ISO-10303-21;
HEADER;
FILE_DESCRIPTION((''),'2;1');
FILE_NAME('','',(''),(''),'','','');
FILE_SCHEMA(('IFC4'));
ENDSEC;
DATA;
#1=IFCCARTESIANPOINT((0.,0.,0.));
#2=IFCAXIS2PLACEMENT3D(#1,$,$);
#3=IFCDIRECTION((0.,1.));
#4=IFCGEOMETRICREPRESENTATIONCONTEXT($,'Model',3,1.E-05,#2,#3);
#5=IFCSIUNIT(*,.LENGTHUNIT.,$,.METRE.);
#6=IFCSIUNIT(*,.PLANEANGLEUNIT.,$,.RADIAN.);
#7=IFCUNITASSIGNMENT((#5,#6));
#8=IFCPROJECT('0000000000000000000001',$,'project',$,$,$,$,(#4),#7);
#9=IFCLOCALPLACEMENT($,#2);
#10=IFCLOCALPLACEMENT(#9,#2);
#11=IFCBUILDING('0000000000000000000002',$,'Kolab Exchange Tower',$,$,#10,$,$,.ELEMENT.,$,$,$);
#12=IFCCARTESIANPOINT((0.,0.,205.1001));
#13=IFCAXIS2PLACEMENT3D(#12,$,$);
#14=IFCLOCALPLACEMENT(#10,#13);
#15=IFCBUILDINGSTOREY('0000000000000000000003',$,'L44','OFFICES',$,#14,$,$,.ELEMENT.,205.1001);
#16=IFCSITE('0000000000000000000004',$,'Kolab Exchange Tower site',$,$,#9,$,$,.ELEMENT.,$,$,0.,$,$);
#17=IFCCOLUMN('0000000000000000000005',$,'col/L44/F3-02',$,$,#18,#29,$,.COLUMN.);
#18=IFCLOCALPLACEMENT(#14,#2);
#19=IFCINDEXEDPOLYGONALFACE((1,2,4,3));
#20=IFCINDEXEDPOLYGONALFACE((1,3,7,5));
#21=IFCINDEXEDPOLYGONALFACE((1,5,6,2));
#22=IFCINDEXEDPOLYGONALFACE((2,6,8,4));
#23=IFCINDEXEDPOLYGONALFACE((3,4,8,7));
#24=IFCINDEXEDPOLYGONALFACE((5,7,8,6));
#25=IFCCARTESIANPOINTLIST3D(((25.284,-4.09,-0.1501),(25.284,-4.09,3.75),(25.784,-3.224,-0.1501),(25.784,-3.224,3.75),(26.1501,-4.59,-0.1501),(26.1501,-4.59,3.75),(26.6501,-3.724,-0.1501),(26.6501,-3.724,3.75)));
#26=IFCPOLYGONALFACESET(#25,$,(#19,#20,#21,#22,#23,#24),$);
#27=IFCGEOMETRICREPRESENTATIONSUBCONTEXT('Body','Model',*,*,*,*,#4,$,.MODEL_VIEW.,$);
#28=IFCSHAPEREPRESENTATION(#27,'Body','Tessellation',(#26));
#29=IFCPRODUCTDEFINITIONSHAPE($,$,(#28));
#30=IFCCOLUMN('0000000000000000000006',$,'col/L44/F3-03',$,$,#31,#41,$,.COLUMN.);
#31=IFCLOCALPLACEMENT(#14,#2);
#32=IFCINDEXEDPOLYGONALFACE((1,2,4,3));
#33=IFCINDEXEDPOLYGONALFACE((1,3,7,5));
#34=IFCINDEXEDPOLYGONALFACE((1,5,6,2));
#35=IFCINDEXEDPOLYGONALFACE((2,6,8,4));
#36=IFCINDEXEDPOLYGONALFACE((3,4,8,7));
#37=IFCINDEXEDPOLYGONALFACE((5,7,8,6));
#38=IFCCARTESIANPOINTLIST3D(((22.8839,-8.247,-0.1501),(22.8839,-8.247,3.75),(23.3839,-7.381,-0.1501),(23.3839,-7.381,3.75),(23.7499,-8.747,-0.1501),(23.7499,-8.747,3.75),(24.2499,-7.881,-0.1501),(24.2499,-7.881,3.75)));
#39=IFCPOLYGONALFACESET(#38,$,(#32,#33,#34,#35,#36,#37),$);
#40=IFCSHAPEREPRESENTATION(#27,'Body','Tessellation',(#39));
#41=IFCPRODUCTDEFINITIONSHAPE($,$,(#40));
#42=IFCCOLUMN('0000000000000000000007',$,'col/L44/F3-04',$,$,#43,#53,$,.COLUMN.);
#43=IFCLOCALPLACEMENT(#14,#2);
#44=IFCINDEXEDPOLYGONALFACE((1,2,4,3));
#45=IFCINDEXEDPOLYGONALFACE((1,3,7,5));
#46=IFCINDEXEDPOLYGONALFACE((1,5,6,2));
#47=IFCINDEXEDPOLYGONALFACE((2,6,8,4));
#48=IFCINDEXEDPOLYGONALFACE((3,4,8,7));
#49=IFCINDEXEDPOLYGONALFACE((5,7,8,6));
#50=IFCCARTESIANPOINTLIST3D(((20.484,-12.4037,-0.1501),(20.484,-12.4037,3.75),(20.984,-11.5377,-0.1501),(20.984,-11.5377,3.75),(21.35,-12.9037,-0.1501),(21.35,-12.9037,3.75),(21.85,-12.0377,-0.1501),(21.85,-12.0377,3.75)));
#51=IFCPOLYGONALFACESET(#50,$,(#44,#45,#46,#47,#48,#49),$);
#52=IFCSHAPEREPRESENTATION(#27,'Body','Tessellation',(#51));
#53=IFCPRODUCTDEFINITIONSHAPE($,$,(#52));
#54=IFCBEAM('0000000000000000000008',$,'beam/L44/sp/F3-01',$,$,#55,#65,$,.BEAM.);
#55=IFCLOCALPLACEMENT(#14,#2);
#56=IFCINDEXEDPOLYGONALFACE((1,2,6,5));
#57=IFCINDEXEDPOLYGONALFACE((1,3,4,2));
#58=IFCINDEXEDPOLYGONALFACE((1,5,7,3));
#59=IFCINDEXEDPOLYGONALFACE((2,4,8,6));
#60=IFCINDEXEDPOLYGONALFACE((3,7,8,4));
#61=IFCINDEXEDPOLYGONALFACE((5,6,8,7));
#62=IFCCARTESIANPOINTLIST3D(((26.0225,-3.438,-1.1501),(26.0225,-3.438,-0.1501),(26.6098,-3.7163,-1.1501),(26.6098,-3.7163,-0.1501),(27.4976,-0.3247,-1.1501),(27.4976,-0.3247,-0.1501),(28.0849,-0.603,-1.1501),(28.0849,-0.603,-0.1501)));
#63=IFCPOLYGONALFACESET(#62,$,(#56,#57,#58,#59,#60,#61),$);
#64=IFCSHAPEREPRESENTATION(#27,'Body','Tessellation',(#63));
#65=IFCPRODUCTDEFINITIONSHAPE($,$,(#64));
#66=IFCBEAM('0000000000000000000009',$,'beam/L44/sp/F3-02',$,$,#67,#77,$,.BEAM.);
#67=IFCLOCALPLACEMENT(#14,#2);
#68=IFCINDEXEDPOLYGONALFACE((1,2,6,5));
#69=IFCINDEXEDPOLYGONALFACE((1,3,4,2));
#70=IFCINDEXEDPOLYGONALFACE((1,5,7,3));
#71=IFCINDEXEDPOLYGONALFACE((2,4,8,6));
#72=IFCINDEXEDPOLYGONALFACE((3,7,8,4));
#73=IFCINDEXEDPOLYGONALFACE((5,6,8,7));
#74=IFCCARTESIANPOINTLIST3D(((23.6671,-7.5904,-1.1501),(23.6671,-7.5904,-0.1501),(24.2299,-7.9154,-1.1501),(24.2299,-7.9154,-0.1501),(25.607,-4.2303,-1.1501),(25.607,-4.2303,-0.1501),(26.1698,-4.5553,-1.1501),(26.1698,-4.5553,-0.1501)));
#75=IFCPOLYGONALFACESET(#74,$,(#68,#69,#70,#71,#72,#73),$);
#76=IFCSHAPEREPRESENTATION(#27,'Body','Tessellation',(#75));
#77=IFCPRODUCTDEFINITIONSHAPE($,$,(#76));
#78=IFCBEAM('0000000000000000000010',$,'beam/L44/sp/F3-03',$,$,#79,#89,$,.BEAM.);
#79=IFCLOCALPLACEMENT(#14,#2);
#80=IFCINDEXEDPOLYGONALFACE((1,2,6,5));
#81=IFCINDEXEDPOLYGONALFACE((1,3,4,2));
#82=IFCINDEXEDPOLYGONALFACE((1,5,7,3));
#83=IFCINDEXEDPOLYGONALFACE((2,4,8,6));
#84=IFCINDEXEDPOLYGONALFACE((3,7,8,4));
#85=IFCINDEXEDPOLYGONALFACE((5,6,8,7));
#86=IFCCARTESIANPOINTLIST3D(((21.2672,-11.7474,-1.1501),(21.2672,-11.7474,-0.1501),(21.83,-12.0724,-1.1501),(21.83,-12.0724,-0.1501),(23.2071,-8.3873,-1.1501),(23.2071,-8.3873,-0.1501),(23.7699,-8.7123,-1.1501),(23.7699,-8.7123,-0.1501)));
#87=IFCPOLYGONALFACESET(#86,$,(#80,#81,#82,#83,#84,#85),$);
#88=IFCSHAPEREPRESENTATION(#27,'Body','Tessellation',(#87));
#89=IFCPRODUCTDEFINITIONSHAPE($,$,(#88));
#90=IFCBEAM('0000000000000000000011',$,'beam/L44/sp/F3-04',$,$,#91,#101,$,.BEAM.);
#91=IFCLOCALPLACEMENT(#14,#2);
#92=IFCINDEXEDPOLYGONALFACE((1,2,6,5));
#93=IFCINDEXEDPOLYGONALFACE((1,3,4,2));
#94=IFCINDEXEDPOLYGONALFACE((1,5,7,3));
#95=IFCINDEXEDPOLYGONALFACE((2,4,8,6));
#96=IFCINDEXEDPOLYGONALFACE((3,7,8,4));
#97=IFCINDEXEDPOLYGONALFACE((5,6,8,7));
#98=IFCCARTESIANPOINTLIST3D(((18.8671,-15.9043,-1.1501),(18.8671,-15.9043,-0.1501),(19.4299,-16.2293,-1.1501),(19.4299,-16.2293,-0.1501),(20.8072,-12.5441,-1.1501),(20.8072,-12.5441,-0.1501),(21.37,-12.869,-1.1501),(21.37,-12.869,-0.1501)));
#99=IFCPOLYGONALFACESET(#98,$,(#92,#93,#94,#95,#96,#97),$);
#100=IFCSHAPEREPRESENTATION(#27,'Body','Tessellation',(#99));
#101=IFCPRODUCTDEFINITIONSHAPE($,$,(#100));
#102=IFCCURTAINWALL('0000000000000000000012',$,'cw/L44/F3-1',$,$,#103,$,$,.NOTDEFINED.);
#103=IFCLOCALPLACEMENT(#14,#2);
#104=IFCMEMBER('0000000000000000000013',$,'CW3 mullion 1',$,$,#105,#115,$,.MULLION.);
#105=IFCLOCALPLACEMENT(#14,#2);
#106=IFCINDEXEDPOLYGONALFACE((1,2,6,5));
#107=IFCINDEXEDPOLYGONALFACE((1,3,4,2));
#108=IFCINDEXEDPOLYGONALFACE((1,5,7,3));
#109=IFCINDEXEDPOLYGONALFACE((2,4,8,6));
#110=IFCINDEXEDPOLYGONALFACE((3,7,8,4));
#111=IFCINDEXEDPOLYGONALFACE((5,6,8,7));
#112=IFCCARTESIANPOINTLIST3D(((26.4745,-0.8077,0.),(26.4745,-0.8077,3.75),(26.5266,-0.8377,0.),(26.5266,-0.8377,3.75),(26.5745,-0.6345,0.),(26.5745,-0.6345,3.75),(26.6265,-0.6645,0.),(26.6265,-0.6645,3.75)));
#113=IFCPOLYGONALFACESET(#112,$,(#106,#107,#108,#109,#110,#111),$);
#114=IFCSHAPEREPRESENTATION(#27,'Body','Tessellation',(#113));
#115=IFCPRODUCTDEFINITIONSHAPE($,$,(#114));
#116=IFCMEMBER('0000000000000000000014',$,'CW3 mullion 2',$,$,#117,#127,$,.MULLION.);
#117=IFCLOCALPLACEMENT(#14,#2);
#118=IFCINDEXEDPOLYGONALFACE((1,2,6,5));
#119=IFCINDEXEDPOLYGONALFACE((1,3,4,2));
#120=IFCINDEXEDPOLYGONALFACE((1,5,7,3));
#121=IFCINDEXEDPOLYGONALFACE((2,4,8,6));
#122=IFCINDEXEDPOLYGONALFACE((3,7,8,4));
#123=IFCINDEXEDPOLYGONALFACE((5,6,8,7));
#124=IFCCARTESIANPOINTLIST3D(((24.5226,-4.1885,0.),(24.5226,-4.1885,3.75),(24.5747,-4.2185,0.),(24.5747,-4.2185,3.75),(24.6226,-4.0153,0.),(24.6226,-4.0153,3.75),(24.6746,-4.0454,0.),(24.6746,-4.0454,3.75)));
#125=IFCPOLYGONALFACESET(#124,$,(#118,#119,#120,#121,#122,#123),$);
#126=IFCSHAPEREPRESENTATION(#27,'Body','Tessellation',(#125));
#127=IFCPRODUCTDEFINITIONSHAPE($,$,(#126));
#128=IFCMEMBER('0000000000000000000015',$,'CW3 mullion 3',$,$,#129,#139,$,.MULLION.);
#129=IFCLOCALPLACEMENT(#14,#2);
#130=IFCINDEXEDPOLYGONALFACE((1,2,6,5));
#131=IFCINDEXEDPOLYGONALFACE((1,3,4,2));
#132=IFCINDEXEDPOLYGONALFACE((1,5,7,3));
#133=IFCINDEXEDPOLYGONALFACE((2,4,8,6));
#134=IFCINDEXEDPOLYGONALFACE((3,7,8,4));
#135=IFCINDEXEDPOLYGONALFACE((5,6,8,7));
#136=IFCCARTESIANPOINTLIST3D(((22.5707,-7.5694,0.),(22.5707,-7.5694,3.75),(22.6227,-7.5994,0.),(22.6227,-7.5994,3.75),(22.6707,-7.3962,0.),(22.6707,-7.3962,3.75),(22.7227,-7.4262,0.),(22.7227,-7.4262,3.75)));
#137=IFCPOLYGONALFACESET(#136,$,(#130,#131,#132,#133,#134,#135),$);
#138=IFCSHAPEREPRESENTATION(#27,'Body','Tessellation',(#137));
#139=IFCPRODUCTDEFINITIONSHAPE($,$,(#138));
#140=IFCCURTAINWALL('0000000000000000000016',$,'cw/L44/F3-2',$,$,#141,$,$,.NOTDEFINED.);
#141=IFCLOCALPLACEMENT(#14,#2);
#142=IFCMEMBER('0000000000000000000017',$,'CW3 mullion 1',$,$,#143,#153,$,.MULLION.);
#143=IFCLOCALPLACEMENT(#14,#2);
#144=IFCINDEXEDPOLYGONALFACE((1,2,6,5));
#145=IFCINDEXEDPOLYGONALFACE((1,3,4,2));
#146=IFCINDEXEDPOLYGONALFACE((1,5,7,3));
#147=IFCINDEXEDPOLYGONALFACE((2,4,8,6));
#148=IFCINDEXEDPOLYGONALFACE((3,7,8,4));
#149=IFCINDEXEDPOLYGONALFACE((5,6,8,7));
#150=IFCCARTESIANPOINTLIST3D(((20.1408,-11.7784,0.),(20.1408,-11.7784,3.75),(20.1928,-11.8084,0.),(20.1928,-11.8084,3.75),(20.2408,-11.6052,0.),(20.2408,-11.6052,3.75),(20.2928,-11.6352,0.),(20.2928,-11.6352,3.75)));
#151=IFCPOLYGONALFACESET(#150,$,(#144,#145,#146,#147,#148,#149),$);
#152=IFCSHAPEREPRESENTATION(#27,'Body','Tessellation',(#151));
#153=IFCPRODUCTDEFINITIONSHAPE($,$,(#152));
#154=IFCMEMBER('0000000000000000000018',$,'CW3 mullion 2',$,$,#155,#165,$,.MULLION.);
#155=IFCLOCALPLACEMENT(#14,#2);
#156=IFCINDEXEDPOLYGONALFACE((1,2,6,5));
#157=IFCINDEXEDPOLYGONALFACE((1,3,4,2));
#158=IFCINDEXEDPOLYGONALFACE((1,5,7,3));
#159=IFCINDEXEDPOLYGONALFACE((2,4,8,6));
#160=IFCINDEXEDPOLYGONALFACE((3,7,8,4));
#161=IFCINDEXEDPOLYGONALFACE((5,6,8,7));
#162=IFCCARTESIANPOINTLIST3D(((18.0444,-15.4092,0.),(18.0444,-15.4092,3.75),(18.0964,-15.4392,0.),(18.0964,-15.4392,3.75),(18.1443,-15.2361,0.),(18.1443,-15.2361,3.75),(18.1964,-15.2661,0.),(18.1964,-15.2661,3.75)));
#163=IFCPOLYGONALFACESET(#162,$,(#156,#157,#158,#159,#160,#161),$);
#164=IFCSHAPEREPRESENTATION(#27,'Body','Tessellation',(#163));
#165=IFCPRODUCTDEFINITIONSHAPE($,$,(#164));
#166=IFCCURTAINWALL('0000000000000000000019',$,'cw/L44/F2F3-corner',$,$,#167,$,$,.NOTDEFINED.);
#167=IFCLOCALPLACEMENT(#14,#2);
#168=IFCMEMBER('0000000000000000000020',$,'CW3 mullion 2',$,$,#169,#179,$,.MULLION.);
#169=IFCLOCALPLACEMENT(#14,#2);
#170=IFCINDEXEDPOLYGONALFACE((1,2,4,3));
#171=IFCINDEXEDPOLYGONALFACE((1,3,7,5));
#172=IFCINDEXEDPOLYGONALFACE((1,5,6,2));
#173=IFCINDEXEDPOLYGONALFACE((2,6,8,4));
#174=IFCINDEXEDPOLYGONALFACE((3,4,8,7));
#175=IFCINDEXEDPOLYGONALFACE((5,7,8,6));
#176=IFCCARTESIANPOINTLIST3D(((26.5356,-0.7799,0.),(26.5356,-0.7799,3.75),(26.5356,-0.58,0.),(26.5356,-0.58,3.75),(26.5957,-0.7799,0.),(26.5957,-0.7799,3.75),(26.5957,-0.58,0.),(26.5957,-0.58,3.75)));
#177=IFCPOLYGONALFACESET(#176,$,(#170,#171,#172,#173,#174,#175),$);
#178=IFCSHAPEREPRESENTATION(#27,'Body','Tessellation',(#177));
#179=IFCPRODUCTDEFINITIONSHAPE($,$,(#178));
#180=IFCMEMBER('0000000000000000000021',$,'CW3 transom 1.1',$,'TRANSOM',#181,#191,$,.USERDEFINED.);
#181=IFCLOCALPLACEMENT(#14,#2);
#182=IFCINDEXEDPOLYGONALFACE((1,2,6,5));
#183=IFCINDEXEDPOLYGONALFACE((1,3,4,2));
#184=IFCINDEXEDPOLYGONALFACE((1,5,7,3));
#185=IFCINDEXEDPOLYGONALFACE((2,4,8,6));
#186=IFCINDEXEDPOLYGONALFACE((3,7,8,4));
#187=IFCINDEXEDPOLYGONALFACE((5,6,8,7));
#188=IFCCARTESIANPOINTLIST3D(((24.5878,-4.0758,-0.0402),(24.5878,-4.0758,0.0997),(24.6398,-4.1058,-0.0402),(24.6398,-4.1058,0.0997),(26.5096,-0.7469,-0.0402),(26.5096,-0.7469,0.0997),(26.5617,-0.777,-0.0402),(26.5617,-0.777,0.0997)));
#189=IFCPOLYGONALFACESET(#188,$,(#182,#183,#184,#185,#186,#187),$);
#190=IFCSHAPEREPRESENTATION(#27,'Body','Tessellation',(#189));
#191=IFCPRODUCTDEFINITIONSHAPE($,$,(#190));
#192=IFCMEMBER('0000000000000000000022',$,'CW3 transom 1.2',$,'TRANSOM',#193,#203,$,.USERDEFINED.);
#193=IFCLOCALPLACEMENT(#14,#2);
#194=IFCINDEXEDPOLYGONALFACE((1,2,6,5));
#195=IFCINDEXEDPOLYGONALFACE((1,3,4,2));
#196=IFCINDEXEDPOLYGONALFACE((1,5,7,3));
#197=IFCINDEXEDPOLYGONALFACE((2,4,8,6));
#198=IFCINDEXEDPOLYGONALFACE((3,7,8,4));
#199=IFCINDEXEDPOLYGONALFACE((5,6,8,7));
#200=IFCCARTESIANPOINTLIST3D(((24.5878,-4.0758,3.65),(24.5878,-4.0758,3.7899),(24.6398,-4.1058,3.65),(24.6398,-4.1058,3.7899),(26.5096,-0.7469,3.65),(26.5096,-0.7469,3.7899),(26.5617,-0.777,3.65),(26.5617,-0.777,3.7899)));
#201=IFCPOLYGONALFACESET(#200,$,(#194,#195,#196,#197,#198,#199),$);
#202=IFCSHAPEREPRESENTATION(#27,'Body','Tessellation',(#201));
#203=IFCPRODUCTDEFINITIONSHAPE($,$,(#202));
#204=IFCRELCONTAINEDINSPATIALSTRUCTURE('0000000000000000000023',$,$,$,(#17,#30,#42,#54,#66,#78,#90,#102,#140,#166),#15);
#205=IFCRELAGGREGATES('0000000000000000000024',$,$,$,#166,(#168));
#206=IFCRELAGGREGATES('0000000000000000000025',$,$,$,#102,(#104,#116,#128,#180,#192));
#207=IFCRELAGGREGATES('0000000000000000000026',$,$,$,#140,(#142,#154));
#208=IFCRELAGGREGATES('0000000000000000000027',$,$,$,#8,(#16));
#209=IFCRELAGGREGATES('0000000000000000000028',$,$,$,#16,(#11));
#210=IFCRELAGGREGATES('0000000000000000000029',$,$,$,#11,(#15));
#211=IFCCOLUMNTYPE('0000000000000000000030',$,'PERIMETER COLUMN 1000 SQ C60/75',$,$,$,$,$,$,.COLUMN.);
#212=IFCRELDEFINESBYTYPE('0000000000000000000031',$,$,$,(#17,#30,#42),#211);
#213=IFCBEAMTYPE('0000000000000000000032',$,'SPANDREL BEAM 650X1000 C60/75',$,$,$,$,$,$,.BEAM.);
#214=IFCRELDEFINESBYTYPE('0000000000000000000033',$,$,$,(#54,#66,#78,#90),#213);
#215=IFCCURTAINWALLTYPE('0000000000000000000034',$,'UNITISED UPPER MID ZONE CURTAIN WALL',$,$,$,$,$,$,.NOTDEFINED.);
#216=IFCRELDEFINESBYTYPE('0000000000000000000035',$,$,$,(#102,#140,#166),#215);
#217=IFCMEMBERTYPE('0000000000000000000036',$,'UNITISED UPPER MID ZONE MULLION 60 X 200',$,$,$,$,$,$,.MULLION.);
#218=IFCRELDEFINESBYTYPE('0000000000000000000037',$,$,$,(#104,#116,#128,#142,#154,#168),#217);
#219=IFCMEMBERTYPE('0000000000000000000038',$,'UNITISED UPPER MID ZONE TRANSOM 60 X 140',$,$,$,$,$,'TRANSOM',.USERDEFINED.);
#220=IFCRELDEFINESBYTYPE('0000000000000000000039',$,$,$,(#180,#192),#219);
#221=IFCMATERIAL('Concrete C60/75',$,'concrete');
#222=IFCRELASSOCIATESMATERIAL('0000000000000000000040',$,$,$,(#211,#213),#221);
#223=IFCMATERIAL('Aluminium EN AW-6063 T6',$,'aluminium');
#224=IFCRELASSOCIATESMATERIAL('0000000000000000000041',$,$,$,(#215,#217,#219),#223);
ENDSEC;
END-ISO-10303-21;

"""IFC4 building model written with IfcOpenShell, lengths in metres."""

from ifc_helpers import new_model, si_unit, direction, frame, origin, origin_2d, place, context, subcontext, project, spatial, rectangle, extrude, material, material_profile, profile_set, type_object, element, aggregate, save


model = new_model("IFC4")

# Units and contexts
model_context = context("Model", 3, precision=1e-05, world=origin(), true_north=direction((0.0, 1.0)))
body_context = subcontext(model_context, "Body", "Model", "MODEL_VIEW")
ifc_project = project(units=[si_unit("LENGTHUNIT", "METRE"), si_unit("PLANEANGLEUNIT", "RADIAN")], contexts=[model_context])

# Site, building, storey
site_placement = place(None, origin())
site = spatial("IfcSite", under=ifc_project, at=site_placement, Name="Kolab Exchange Tower site", CompositionType="ELEMENT", RefElevation=0.0)
building_placement = place(site_placement, origin())
building = spatial("IfcBuilding", under=site, at=building_placement, Name="Kolab Exchange Tower", CompositionType="ELEMENT")
storey_placement = place(building_placement, frame((0.0, 0.0, 205.1001)))
storey = spatial("IfcBuildingStorey", under=building, at=storey_placement, Name="L44", Description="OFFICES", CompositionType="ELEMENT", Elevation=205.1001)

# Columns
ifc_material_1 = material(Name="Concrete C60/75", Category="concrete")
ifc_material_profile_1 = material_profile(ifc_material_1, rectangle(XDim=1.0, YDim=1.0, at=origin_2d()), Name="RC1000")
ifc_profile_set_1 = profile_set([ifc_material_profile_1], Name="Concrete C60/75")
column_type = type_object("IfcColumnType", Name="PERIMETER COLUMN 1000 SQ C60/75", PredefinedType="COLUMN", material=ifc_profile_set_1)
for number, where, z_axis, x_axis, name in (
    (1, (25.967, -3.907, -0.1501), (0.0, 0.0, 1.0), (0.5, 0.866025, 0.0), "col/L44/F3-02"),
    (2, (23.5669, -8.064, -0.1501), (0.0, 0.0, 1.0), (0.5, 0.866025, 0.0), "col/L44/F3-03"),
    (3, (21.167, -12.2207, -0.1501), (0.0, 0.0, 1.0), (0.5, 0.866025, 0.0), "col/L44/F3-04"),
):
    element("IfcColumn", number, at=place(storey_placement, frame(where, z_axis=z_axis, x_axis=x_axis)), inside=storey, type_object=column_type, Name=name, PredefinedType="COLUMN", context=body_context, shape_type="SweptSolid", body=[
        extrude(rectangle(XDim=1.0, YDim=1.0, at=origin_2d()), origin(), (0.0, 0.0, 1.0), 3.9001),
    ])

# Beams
ifc_material_profile_2 = material_profile(ifc_material_1, rectangle(XDim=0.6499, YDim=1.0, at=origin_2d()), Name="RC650X1000")
ifc_profile_set_2 = profile_set([ifc_material_profile_2], Name="Concrete C60/75")
beam_type = type_object("IfcBeamType", Name="SPANDREL BEAM 650X1000 C60/75", PredefinedType="BEAM", material=ifc_profile_set_2)
beam_1_placement = place(storey_placement, frame((27.7913, -0.4639, -0.6501), z_axis=(-0.428178, -0.903695, 0.0), x_axis=(0.903695, -0.428178, 0.0)))
element("IfcBeam", 4, at=beam_1_placement, inside=storey, type_object=beam_type, Name="beam/L44/sp/F3-01", PredefinedType="BEAM", context=body_context, shape_type="SweptSolid", body=[
    extrude(rectangle(XDim=0.6499, YDim=1.0, at=origin_2d()), origin(), (0.0, 0.0, 1.0), 3.4451),
])
for number, where, z_axis, x_axis, name in (
    (5, (25.8884, -4.3928, -0.6501), (-0.499997, -0.866027, 0.0), (0.866027, -0.499997, 0.0), "beam/L44/sp/F3-02"),
    (6, (23.4885, -8.5498, -0.6501), (-0.499997, -0.866027, 0.0), (0.866027, -0.499997, 0.0), "beam/L44/sp/F3-03"),
):
    element("IfcBeam", number, at=place(storey_placement, frame(where, z_axis=z_axis, x_axis=x_axis)), inside=storey, type_object=beam_type, Name=name, PredefinedType="BEAM", context=body_context, shape_type="SweptSolid", body=[
        extrude(rectangle(XDim=0.6499, YDim=1.0, at=origin_2d()), origin(), (0.0, 0.0, 1.0), 3.8799),
    ])
beam_2_placement = place(storey_placement, frame((21.0886, -12.7065, -0.6501), z_axis=(-0.500017, -0.866016, 0.0), x_axis=(0.866016, -0.500017, 0.0)))
element("IfcBeam", 7, at=beam_2_placement, inside=storey, type_object=beam_type, Name="beam/L44/sp/F3-04", PredefinedType="BEAM", context=body_context, shape_type="SweptSolid", body=[
    extrude(rectangle(XDim=0.6499, YDim=1.0, at=origin_2d()), origin(), (0.0, 0.0, 1.0), 3.8801),
])

# Curtain walls, members
ifc_material_2 = material(Name="Aluminium EN AW-6063 T6", Category="aluminium")
curtain_wall_type = type_object("IfcCurtainWallType", Name="UNITISED UPPER MID ZONE CURTAIN WALL", PredefinedType="NOTDEFINED", material=ifc_material_2)
curtain_wall_1_placement = place(storey_placement, origin())
curtain_wall_1 = element("IfcCurtainWall", 8, at=curtain_wall_1_placement, inside=storey, type_object=curtain_wall_type, Name="cw/L44/F3-1", PredefinedType="NOTDEFINED")
ifc_material_profile_3 = material_profile(ifc_material_2, rectangle(XDim=0.0601, YDim=0.2, at=origin_2d()), Name="RECT 60X200")
ifc_profile_set_3 = profile_set([ifc_material_profile_3], Name="Aluminium EN AW-6063 T6")
member_type_1 = type_object("IfcMemberType", Name="UNITISED UPPER MID ZONE MULLION 60 X 200", PredefinedType="MULLION", material=ifc_profile_set_3)
member_1_placement = place(storey_placement, frame((26.5505, -0.7361, 0.0), z_axis=(0.0, 0.0, 1.0), x_axis=(0.866025, -0.5, 0.0)))
member_1 = element("IfcMember", 9, at=member_1_placement, type_object=member_type_1, Name="CW3 mullion 1", PredefinedType="MULLION", context=body_context, shape_type="SweptSolid", body=[
    extrude(rectangle(XDim=0.0601, YDim=0.2, at=origin_2d()), origin(), (0.0, 0.0, 1.0), 3.75),
])
member_2_placement = place(storey_placement, frame((24.5986, -4.1169, 0.0), z_axis=(0.0, 0.0, 1.0), x_axis=(0.866025, -0.5, 0.0)))
member_2 = element("IfcMember", 10, at=member_2_placement, type_object=member_type_1, Name="CW3 mullion 2", PredefinedType="MULLION", context=body_context, shape_type="SweptSolid", body=[
    extrude(rectangle(XDim=0.0601, YDim=0.2, at=origin_2d()), origin(), (0.0, 0.0, 1.0), 3.75),
])
member_3_placement = place(storey_placement, frame((22.6467, -7.4978, 0.0), z_axis=(0.0, 0.0, 1.0), x_axis=(0.866025, -0.5, 0.0)))
member_3 = element("IfcMember", 11, at=member_3_placement, type_object=member_type_1, Name="CW3 mullion 3", PredefinedType="MULLION", context=body_context, shape_type="SweptSolid", body=[
    extrude(rectangle(XDim=0.0601, YDim=0.2, at=origin_2d()), origin(), (0.0, 0.0, 1.0), 3.75),
])
curtain_wall_2_placement = place(storey_placement, origin())
curtain_wall_2 = element("IfcCurtainWall", 12, at=curtain_wall_2_placement, inside=storey, type_object=curtain_wall_type, Name="cw/L44/F3-2", PredefinedType="NOTDEFINED")
member_4_placement = place(storey_placement, frame((20.2168, -11.7068, 0.0), z_axis=(0.0, 0.0, 1.0), x_axis=(0.866025, -0.5, 0.0)))
member_4 = element("IfcMember", 13, at=member_4_placement, type_object=member_type_1, Name="CW3 mullion 1", PredefinedType="MULLION", context=body_context, shape_type="SweptSolid", body=[
    extrude(rectangle(XDim=0.0601, YDim=0.2, at=origin_2d()), origin(), (0.0, 0.0, 1.0), 3.75),
])
member_5_placement = place(storey_placement, frame((18.1204, -15.3376, 0.0), z_axis=(0.0, 0.0, 1.0), x_axis=(0.866025, -0.5, 0.0)))
member_5 = element("IfcMember", 14, at=member_5_placement, type_object=member_type_1, Name="CW3 mullion 2", PredefinedType="MULLION", context=body_context, shape_type="SweptSolid", body=[
    extrude(rectangle(XDim=0.0601, YDim=0.2, at=origin_2d()), origin(), (0.0, 0.0, 1.0), 3.75),
])

# Curtain wall, member
curtain_wall_3_placement = place(storey_placement, origin())
curtain_wall_3 = element("IfcCurtainWall", 15, at=curtain_wall_3_placement, inside=storey, type_object=curtain_wall_type, Name="cw/L44/F2F3-corner", PredefinedType="NOTDEFINED")
member_6_placement = place(storey_placement, frame((26.5657, -0.6799, 0.0), z_axis=(0.0, 0.0, 1.0), x_axis=(1.0, 0.0, 0.0)))
member_6 = element("IfcMember", 16, at=member_6_placement, type_object=member_type_1, Name="CW3 mullion 2", PredefinedType="MULLION", context=body_context, shape_type="SweptSolid", body=[
    extrude(rectangle(XDim=0.0601, YDim=0.2, at=origin_2d()), origin(), (0.0, 0.0, 1.0), 3.75),
])
aggregate(curtain_wall_3, [member_6])

# Members
ifc_material_profile_4 = material_profile(ifc_material_2, rectangle(XDim=0.0601, YDim=0.1399, at=origin_2d()), Name="RECT 60X140")
ifc_profile_set_4 = profile_set([ifc_material_profile_4], Name="Aluminium EN AW-6063 T6")
member_type_2 = type_object("IfcMemberType", Name="UNITISED UPPER MID ZONE TRANSOM 60 X 140", ElementType="TRANSOM", PredefinedType="USERDEFINED", material=ifc_profile_set_4)
member_7_placement = place(storey_placement, frame((26.5356, -0.762, 0.0298), z_axis=(-0.499992, -0.86603, 0.0), x_axis=(0.86603, -0.499992, 0.0)))
member_7 = element("IfcMember", 17, at=member_7_placement, type_object=member_type_2, Name="CW3 transom 1.1", ObjectType="TRANSOM", PredefinedType="USERDEFINED", context=body_context, shape_type="SweptSolid", body=[
    extrude(rectangle(XDim=0.0601, YDim=0.1399, at=origin_2d()), origin(), (0.0, 0.0, 1.0), 3.8438),
])
member_8_placement = place(storey_placement, frame((26.5356, -0.762, 3.72), z_axis=(-0.499992, -0.86603, 0.0), x_axis=(0.86603, -0.499992, 0.0)))
member_8 = element("IfcMember", 18, at=member_8_placement, type_object=member_type_2, Name="CW3 transom 1.2", ObjectType="TRANSOM", PredefinedType="USERDEFINED", context=body_context, shape_type="SweptSolid", body=[
    extrude(rectangle(XDim=0.0601, YDim=0.1399, at=origin_2d()), origin(), (0.0, 0.0, 1.0), 3.8438),
])

aggregate(curtain_wall_1, [member_1, member_2, member_3, member_7, member_8])
aggregate(curtain_wall_2, [member_4, member_5])

save(model, "model.ifc")
